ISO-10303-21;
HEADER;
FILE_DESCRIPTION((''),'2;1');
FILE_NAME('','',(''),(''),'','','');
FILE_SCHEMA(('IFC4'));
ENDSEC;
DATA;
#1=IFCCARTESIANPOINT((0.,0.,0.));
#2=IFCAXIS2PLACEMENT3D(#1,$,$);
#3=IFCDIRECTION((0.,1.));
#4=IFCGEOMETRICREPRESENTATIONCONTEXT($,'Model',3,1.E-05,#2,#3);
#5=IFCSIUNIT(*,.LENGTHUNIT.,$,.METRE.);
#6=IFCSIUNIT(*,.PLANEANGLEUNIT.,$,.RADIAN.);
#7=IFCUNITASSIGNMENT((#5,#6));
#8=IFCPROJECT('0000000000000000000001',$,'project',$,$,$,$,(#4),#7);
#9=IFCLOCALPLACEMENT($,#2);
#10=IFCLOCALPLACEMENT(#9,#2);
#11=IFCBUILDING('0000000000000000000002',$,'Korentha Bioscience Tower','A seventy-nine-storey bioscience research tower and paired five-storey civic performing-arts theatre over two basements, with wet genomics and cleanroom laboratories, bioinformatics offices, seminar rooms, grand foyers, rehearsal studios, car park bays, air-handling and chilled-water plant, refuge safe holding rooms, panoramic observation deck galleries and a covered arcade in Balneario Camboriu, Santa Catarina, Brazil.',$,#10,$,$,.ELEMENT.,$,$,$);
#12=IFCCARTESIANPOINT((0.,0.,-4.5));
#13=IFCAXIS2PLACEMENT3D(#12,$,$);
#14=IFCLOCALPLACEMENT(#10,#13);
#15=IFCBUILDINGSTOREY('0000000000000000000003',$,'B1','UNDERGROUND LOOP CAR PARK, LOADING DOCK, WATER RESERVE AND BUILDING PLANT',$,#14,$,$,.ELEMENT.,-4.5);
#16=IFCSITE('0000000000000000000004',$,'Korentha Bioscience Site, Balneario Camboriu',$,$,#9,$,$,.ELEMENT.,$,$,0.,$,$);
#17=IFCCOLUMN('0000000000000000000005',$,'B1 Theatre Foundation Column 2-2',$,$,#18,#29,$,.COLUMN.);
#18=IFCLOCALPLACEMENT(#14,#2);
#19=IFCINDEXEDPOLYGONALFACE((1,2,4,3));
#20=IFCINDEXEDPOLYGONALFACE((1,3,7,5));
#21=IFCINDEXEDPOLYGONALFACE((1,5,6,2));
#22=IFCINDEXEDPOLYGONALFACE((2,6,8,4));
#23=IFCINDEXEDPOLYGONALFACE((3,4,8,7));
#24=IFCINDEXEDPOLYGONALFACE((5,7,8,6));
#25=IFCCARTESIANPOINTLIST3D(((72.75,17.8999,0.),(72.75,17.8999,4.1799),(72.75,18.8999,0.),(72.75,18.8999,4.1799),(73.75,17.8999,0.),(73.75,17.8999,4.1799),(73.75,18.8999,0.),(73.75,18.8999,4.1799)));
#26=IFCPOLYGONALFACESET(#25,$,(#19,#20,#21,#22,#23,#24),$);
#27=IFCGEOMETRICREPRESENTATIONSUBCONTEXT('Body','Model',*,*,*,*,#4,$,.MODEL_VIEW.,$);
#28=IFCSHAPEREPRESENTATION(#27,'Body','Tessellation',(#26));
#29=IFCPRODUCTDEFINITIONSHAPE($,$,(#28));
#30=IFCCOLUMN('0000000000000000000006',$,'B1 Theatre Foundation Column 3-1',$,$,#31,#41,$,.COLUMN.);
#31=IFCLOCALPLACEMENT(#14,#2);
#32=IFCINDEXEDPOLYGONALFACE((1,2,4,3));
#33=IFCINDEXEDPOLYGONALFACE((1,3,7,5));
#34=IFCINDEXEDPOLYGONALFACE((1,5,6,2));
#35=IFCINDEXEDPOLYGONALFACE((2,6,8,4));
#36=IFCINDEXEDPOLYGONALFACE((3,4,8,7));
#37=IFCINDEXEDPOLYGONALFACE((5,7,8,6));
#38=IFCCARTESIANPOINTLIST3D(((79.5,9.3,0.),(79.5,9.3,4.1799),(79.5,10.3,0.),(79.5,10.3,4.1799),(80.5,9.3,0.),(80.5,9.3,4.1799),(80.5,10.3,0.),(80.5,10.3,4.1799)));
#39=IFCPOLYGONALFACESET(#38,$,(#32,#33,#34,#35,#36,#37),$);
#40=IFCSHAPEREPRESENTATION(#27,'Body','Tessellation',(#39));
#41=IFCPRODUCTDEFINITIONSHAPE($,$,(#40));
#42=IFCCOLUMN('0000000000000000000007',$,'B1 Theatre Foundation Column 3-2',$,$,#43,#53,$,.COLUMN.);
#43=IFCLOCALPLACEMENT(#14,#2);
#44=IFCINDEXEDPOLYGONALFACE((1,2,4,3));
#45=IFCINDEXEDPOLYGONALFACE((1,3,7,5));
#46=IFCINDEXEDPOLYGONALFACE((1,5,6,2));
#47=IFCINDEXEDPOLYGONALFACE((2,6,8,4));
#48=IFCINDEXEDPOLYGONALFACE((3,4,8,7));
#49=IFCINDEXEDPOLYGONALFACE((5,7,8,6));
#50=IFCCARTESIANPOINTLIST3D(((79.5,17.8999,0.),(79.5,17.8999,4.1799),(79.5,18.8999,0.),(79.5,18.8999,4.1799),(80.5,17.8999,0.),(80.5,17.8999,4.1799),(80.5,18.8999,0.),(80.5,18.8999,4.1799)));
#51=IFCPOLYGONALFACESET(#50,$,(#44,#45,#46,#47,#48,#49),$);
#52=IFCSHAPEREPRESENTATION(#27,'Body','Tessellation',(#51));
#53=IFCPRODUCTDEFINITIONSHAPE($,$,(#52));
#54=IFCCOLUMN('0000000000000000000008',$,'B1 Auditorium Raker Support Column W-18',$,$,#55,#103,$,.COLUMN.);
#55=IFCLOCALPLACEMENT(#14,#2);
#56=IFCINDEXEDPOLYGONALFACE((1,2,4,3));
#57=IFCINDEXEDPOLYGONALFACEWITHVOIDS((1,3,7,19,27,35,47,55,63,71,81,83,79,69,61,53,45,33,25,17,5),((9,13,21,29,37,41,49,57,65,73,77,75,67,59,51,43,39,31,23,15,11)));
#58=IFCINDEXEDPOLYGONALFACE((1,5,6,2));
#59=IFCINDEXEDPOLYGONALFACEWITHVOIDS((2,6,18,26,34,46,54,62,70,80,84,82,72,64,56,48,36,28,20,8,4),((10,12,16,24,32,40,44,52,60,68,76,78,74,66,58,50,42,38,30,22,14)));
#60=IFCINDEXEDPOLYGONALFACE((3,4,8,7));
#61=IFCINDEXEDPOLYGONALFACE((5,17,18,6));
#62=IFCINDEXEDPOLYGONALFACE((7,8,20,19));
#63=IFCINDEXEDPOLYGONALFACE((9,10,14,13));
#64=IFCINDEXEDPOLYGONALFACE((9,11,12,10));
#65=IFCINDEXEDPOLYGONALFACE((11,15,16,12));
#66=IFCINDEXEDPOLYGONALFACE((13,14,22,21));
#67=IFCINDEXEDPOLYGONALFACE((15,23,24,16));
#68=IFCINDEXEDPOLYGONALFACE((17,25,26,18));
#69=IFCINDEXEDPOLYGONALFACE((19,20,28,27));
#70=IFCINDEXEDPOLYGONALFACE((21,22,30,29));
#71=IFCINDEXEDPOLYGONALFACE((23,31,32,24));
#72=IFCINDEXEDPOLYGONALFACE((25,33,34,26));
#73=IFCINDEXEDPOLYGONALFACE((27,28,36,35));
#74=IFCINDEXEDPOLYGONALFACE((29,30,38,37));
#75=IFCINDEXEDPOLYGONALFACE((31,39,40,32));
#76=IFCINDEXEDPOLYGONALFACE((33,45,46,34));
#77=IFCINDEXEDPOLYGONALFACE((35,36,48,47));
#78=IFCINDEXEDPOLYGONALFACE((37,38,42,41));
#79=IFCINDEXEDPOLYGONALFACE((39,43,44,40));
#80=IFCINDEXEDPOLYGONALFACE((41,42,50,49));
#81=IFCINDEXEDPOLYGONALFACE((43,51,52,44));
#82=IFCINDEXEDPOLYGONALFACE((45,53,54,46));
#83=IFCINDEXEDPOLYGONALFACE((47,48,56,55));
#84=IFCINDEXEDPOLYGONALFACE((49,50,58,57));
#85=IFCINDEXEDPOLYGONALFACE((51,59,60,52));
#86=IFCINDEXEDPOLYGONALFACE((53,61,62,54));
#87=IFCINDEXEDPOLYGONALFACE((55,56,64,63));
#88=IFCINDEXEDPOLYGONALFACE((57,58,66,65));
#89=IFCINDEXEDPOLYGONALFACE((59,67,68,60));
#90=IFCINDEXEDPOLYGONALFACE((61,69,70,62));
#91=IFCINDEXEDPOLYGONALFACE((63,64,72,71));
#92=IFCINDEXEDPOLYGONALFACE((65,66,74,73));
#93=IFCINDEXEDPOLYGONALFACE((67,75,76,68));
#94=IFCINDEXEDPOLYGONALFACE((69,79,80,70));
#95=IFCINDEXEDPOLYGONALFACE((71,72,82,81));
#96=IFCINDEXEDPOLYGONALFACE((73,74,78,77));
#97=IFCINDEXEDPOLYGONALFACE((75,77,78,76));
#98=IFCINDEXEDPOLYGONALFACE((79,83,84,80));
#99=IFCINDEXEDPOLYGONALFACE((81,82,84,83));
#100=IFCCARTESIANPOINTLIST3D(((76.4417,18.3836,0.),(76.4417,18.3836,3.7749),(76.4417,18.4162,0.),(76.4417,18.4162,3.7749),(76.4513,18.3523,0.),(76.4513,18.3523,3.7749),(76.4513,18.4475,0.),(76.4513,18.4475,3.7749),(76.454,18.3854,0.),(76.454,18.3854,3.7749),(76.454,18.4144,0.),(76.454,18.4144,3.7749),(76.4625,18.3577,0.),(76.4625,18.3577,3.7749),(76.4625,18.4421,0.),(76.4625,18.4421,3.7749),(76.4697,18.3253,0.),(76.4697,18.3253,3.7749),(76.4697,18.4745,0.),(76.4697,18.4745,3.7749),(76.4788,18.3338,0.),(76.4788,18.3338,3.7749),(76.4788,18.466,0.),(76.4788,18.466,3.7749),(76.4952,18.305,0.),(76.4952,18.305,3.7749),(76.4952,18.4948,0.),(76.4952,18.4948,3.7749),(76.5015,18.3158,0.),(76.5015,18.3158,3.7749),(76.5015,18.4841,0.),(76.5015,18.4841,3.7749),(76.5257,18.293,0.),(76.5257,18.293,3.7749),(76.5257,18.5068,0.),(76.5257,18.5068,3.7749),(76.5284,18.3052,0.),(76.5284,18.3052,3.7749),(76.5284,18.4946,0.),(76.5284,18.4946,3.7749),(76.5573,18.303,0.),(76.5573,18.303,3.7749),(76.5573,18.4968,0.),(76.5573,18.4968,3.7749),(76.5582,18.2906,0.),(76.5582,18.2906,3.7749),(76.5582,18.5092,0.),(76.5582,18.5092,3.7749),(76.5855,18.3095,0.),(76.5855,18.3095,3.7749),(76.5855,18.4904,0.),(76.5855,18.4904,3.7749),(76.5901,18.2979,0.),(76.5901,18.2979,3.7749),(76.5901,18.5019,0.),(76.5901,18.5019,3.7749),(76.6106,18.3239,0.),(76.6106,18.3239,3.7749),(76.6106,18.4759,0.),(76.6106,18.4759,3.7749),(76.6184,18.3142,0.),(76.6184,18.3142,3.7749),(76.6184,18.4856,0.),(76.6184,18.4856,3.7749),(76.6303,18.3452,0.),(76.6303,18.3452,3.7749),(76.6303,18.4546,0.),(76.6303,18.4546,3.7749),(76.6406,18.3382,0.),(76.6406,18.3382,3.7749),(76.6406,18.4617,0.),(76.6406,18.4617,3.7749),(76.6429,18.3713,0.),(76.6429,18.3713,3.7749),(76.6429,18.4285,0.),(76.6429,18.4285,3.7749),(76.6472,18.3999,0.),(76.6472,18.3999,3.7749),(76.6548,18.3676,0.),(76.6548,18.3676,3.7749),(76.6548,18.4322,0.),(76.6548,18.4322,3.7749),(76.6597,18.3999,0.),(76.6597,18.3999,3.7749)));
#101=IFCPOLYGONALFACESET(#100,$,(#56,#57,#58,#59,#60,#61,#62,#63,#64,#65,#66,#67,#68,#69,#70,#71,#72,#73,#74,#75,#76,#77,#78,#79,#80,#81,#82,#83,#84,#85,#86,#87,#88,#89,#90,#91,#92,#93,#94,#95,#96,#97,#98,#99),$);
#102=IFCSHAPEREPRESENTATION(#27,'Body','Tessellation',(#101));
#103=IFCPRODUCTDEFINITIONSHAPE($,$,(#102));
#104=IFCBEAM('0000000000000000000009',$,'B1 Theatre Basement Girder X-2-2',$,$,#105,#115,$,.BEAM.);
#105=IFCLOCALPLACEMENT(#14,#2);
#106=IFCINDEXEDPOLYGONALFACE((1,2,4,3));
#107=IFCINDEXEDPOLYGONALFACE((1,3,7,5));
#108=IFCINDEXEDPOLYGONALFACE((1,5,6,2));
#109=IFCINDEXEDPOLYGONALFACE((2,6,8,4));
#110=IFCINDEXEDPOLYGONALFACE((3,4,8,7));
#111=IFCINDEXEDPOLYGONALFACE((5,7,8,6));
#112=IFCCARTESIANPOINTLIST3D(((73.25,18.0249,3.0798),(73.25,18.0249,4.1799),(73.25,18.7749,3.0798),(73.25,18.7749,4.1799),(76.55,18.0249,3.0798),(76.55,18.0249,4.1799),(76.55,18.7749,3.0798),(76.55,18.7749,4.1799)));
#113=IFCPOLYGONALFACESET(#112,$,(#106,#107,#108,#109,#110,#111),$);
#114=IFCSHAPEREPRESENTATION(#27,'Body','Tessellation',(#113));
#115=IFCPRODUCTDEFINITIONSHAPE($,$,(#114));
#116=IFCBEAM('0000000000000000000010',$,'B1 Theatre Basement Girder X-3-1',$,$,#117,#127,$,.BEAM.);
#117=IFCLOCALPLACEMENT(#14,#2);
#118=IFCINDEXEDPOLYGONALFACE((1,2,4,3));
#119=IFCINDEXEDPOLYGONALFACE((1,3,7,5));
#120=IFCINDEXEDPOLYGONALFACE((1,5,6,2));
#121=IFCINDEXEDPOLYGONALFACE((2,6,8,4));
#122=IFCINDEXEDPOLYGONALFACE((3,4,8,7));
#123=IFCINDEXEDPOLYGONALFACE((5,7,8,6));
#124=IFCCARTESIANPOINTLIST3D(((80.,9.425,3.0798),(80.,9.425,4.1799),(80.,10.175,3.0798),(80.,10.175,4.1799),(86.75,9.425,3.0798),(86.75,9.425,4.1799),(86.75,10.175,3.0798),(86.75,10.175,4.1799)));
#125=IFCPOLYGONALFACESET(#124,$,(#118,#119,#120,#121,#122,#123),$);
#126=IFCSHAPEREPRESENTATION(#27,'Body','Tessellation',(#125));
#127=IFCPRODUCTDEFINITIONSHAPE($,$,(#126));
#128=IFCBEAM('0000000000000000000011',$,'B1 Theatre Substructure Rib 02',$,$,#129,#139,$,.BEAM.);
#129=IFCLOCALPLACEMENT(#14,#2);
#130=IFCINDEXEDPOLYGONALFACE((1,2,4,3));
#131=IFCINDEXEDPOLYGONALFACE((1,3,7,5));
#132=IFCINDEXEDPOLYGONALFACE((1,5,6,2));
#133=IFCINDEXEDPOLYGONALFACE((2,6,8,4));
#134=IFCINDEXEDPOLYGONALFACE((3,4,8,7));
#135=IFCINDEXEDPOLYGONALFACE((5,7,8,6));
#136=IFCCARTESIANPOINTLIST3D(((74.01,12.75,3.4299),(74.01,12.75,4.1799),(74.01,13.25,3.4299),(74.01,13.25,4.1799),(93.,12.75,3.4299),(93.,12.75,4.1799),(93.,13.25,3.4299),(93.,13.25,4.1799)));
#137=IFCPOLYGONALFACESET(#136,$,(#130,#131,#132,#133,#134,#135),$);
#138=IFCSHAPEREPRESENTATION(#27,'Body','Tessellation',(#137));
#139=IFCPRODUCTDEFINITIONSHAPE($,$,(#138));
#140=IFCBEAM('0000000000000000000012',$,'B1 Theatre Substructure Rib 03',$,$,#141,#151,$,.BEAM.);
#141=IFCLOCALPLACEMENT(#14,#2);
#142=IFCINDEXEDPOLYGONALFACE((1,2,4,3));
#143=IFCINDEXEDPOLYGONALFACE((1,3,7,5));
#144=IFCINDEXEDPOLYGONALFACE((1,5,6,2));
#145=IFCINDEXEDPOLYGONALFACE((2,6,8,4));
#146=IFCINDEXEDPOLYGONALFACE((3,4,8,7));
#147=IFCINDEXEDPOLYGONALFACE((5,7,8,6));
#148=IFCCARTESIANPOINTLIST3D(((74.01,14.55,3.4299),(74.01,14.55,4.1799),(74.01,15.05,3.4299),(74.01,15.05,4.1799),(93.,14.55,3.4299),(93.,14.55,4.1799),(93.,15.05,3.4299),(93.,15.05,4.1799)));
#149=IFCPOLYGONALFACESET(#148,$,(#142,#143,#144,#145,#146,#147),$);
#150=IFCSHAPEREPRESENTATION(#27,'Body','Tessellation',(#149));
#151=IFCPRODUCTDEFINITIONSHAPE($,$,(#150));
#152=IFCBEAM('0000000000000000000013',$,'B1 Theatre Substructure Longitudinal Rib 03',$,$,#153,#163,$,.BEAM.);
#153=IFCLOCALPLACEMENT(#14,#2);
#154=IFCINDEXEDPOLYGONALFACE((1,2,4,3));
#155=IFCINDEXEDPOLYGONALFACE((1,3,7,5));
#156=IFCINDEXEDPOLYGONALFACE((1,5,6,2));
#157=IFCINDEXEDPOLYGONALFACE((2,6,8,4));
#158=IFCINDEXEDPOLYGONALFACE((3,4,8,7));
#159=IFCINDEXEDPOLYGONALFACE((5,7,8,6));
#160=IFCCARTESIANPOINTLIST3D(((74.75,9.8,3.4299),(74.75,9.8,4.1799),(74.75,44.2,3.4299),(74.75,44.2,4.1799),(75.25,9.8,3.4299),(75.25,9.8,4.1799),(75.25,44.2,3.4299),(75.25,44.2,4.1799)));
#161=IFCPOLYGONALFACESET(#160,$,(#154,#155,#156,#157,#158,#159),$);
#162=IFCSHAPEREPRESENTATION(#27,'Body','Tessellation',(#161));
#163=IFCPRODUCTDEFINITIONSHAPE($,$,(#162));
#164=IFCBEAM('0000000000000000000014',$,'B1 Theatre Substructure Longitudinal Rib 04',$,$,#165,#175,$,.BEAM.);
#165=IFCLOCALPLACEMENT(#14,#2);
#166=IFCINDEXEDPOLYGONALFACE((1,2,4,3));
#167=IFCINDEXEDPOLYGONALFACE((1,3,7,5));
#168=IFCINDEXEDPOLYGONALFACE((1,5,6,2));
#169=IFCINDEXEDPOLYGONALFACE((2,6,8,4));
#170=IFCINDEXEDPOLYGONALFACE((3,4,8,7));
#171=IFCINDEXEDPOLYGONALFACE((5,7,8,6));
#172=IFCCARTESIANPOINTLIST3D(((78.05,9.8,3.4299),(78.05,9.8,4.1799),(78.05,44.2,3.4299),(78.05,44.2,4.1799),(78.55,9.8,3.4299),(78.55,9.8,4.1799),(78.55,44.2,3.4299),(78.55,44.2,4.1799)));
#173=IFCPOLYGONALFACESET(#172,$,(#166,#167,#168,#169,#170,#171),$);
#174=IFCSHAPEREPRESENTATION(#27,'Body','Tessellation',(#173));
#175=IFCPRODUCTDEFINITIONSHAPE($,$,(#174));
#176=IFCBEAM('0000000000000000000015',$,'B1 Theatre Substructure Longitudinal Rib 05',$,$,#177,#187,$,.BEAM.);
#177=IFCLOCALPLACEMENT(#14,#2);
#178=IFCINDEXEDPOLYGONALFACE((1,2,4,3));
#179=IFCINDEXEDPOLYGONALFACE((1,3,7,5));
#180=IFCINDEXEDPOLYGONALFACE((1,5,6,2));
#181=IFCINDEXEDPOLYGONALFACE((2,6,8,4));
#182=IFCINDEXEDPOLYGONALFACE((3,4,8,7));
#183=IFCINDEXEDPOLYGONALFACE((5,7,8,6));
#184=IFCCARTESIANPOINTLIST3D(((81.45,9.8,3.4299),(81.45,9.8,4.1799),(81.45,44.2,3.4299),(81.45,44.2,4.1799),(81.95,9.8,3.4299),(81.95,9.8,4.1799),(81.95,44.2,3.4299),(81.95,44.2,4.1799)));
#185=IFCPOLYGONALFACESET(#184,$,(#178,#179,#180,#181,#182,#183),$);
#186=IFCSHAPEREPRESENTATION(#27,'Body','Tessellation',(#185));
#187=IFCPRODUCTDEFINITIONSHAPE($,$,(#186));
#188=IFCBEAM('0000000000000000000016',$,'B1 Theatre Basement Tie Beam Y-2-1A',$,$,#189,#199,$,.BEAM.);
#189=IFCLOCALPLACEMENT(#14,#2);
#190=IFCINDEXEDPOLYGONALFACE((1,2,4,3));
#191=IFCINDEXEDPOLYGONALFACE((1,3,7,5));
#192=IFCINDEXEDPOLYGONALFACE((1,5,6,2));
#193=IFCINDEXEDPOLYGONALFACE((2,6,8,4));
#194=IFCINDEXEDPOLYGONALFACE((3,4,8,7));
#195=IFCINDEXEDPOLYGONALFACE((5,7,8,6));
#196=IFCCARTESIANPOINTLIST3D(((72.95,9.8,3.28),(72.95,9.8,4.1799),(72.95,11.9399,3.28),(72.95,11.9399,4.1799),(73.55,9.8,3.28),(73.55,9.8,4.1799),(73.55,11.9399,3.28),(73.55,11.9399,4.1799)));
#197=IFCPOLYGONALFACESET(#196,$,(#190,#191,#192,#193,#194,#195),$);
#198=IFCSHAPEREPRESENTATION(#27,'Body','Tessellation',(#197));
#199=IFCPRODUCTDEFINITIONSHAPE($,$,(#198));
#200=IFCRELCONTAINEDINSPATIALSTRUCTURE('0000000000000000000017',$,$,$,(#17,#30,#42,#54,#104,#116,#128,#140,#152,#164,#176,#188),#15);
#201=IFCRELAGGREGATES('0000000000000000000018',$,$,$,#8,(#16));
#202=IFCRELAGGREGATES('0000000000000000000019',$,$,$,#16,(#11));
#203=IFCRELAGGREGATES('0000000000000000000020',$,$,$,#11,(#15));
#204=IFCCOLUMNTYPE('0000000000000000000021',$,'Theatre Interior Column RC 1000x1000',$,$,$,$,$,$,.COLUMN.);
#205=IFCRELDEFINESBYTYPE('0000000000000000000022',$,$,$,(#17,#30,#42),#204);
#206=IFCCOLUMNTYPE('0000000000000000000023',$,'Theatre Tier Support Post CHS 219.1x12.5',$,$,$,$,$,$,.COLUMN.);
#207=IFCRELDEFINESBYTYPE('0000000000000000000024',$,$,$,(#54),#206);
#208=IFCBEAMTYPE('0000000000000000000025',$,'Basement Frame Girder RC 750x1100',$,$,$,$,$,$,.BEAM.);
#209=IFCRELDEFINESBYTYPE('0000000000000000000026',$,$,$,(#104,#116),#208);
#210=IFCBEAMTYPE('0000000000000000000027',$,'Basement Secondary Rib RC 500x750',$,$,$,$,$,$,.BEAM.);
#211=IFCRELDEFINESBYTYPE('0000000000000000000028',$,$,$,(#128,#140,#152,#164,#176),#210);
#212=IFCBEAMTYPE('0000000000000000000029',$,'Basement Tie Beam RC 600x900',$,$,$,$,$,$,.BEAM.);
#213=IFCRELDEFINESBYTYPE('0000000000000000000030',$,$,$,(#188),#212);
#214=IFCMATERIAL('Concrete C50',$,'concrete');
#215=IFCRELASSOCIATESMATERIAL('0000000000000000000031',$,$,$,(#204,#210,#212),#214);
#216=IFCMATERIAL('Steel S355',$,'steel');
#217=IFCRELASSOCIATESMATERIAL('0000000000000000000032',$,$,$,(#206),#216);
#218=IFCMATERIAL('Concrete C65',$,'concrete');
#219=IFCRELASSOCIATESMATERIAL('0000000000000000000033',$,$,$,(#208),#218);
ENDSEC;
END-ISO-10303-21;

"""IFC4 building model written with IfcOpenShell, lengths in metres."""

from ifc_helpers import new_model, si_unit, direction, frame, origin, origin_2d, place, context, subcontext, project, spatial, rectangle, hollow_circle, extrude, material, material_profile, profile_set, type_object, element, save


model = new_model("IFC4")

# Units and contexts
model_context = context("Model", 3, precision=1e-05, world=origin(), true_north=direction((0.0, 1.0)))
body_context = subcontext(model_context, "Body", "Model", "MODEL_VIEW")
ifc_project = project(units=[si_unit("LENGTHUNIT", "METRE"), si_unit("PLANEANGLEUNIT", "RADIAN")], contexts=[model_context])

# Site, building, storey
site_placement = place(None, origin())
site = spatial("IfcSite", under=ifc_project, at=site_placement, Name="Korentha Bioscience Site, Balneario Camboriu", CompositionType="ELEMENT", RefElevation=0.0)
building_placement = place(site_placement, origin())
building = spatial("IfcBuilding", under=site, at=building_placement, Name="Korentha Bioscience Tower", Description="A seventy-nine-storey bioscience research tower and paired five-storey civic performing-arts theatre over two basements, with wet genomics and cleanroom laboratories, bioinformatics offices, seminar rooms, grand foyers, rehearsal studios, car park bays, air-handling and chilled-water plant, refuge safe holding rooms, panoramic observation deck galleries and a covered arcade in Balneario Camboriu, Santa Catarina, Brazil.", CompositionType="ELEMENT")
storey_placement = place(building_placement, frame((0.0, 0.0, -4.5)))
storey = spatial("IfcBuildingStorey", under=building, at=storey_placement, Name="B1", Description="UNDERGROUND LOOP CAR PARK, LOADING DOCK, WATER RESERVE AND BUILDING PLANT", CompositionType="ELEMENT", Elevation=-4.5)

# Columns
ifc_material_1 = material(Name="Concrete C50", Category="concrete")
ifc_material_profile_1 = material_profile(ifc_material_1, rectangle(XDim=1.0, YDim=1.0, at=origin_2d()), Name="Concrete C50")
ifc_profile_set_1 = profile_set([ifc_material_profile_1], Name="Concrete C50 (TC-I01)")
column_type_1 = type_object("IfcColumnType", Name="Theatre Interior Column RC 1000x1000", PredefinedType="COLUMN", material=ifc_profile_set_1)
for number, where, z_axis, x_axis, name in (
    (1, (73.25, 18.3999, 0.0), (0.0, 0.0, 1.0), (1.0, 0.0, 0.0), "B1 Theatre Foundation Column 2-2"),
    (2, (80.0, 9.8, 0.0), (0.0, 0.0, 1.0), (1.0, 0.0, 0.0), "B1 Theatre Foundation Column 3-1"),
    (3, (80.0, 18.3999, 0.0), (0.0, 0.0, 1.0), (1.0, 0.0, 0.0), "B1 Theatre Foundation Column 3-2"),
):
    element("IfcColumn", number, at=place(storey_placement, frame(where, z_axis=z_axis, x_axis=x_axis)), inside=storey, type_object=column_type_1, Name=name, PredefinedType="COLUMN", context=body_context, shape_type="SweptSolid", body=[
        extrude(rectangle(XDim=1.0, YDim=1.0, at=origin_2d()), origin(), (0.0, 0.0, 1.0), 4.1799),
    ])
ifc_material_2 = material(Name="Steel S355", Category="steel")
ifc_material_profile_2 = material_profile(ifc_material_2, hollow_circle(Radius=0.1096, WallThickness=0.0125, at=origin_2d()), Name="Steel S355")
ifc_profile_set_2 = profile_set([ifc_material_profile_2], Name="Steel S355 (TC-P219)")
column_type_2 = type_object("IfcColumnType", Name="Theatre Tier Support Post CHS 219.1x12.5", PredefinedType="COLUMN", material=ifc_profile_set_2)
column_placement = place(storey_placement, frame((76.55, 18.3999, 0.0), z_axis=(0.0, 0.0, 1.0), x_axis=(1.0, 0.0, 0.0)))
element("IfcColumn", 4, at=column_placement, inside=storey, type_object=column_type_2, Name="B1 Auditorium Raker Support Column W-18", PredefinedType="COLUMN", context=body_context, shape_type="SweptSolid", body=[
    extrude(hollow_circle(Radius=0.1096, WallThickness=0.0125, at=origin_2d()), origin(), (0.0, 0.0, 1.0), 3.7749),
])

# Beams
ifc_material_3 = material(Name="Concrete C65", Category="concrete")
ifc_material_profile_3 = material_profile(ifc_material_3, rectangle(XDim=0.75, YDim=1.1001, at=origin_2d()), Name="Concrete C65")
ifc_profile_set_3 = profile_set([ifc_material_profile_3], Name="Concrete C65 (BB-750)")
beam_type_1 = type_object("IfcBeamType", Name="Basement Frame Girder RC 750x1100", PredefinedType="BEAM", material=ifc_profile_set_3)
beam_1_placement = place(storey_placement, frame((73.25, 18.3999, 3.6299), z_axis=(1.0, 0.0, 0.0), x_axis=(0.0, 1.0, 0.0)))
element("IfcBeam", 5, at=beam_1_placement, inside=storey, type_object=beam_type_1, Name="B1 Theatre Basement Girder X-2-2", PredefinedType="BEAM", context=body_context, shape_type="SweptSolid", body=[
    extrude(rectangle(XDim=0.75, YDim=1.1001, at=origin_2d()), origin(), (0.0, 0.0, 1.0), 3.3),
])
beam_2_placement = place(storey_placement, frame((80.0, 9.8, 3.6299), z_axis=(1.0, 0.0, 0.0), x_axis=(0.0, 1.0, 0.0)))
element("IfcBeam", 6, at=beam_2_placement, inside=storey, type_object=beam_type_1, Name="B1 Theatre Basement Girder X-3-1", PredefinedType="BEAM", context=body_context, shape_type="SweptSolid", body=[
    extrude(rectangle(XDim=0.75, YDim=1.1001, at=origin_2d()), origin(), (0.0, 0.0, 1.0), 6.75),
])
ifc_material_profile_4 = material_profile(ifc_material_1, rectangle(XDim=0.5, YDim=0.75, at=origin_2d()), Name="Concrete C50")
ifc_profile_set_4 = profile_set([ifc_material_profile_4], Name="Concrete C50 (BB-500)")
beam_type_2 = type_object("IfcBeamType", Name="Basement Secondary Rib RC 500x750", PredefinedType="BEAM", material=ifc_profile_set_4)
for number, where, z_axis, x_axis, name in (
    (7, (74.01, 13.0, 3.8049), (1.0, 0.0, 0.0), (0.0, 1.0, 0.0), "B1 Theatre Substructure Rib 02"),
    (8, (74.01, 14.8, 3.8049), (1.0, 0.0, 0.0), (0.0, 1.0, 0.0), "B1 Theatre Substructure Rib 03"),
):
    element("IfcBeam", number, at=place(storey_placement, frame(where, z_axis=z_axis, x_axis=x_axis)), inside=storey, type_object=beam_type_2, Name=name, PredefinedType="BEAM", context=body_context, shape_type="SweptSolid", body=[
        extrude(rectangle(XDim=0.5, YDim=0.75, at=origin_2d()), origin(), (0.0, 0.0, 1.0), 18.99),
    ])
for number, where, z_axis, x_axis, name in (
    (9, (75.0, 9.8, 3.8049), (0.0, 1.0, 0.0), (-1.0, 0.0, 0.0), "B1 Theatre Substructure Longitudinal Rib 03"),
    (10, (78.3, 9.8, 3.8049), (0.0, 1.0, 0.0), (-1.0, 0.0, 0.0), "B1 Theatre Substructure Longitudinal Rib 04"),
    (11, (81.7, 9.8, 3.8049), (0.0, 1.0, 0.0), (-1.0, 0.0, 0.0), "B1 Theatre Substructure Longitudinal Rib 05"),
):
    element("IfcBeam", number, at=place(storey_placement, frame(where, z_axis=z_axis, x_axis=x_axis)), inside=storey, type_object=beam_type_2, Name=name, PredefinedType="BEAM", context=body_context, shape_type="SweptSolid", body=[
        extrude(rectangle(XDim=0.5, YDim=0.75, at=origin_2d()), origin(), (0.0, 0.0, 1.0), 34.3999),
    ])
ifc_material_profile_5 = material_profile(ifc_material_1, rectangle(XDim=0.6001, YDim=0.8999, at=origin_2d()), Name="Concrete C50")
ifc_profile_set_5 = profile_set([ifc_material_profile_5], Name="Concrete C50 (BB-600)")
beam_type_3 = type_object("IfcBeamType", Name="Basement Tie Beam RC 600x900", PredefinedType="BEAM", material=ifc_profile_set_5)
beam_3_placement = place(storey_placement, frame((73.25, 9.8, 3.73), z_axis=(0.0, 1.0, 0.0), x_axis=(-1.0, 0.0, 0.0)))
element("IfcBeam", 12, at=beam_3_placement, inside=storey, type_object=beam_type_3, Name="B1 Theatre Basement Tie Beam Y-2-1A", PredefinedType="BEAM", context=body_context, shape_type="SweptSolid", body=[
    extrude(rectangle(XDim=0.6001, YDim=0.8999, at=origin_2d()), origin(), (0.0, 0.0, 1.0), 2.1399),
])

save(model, "model.ifc")
